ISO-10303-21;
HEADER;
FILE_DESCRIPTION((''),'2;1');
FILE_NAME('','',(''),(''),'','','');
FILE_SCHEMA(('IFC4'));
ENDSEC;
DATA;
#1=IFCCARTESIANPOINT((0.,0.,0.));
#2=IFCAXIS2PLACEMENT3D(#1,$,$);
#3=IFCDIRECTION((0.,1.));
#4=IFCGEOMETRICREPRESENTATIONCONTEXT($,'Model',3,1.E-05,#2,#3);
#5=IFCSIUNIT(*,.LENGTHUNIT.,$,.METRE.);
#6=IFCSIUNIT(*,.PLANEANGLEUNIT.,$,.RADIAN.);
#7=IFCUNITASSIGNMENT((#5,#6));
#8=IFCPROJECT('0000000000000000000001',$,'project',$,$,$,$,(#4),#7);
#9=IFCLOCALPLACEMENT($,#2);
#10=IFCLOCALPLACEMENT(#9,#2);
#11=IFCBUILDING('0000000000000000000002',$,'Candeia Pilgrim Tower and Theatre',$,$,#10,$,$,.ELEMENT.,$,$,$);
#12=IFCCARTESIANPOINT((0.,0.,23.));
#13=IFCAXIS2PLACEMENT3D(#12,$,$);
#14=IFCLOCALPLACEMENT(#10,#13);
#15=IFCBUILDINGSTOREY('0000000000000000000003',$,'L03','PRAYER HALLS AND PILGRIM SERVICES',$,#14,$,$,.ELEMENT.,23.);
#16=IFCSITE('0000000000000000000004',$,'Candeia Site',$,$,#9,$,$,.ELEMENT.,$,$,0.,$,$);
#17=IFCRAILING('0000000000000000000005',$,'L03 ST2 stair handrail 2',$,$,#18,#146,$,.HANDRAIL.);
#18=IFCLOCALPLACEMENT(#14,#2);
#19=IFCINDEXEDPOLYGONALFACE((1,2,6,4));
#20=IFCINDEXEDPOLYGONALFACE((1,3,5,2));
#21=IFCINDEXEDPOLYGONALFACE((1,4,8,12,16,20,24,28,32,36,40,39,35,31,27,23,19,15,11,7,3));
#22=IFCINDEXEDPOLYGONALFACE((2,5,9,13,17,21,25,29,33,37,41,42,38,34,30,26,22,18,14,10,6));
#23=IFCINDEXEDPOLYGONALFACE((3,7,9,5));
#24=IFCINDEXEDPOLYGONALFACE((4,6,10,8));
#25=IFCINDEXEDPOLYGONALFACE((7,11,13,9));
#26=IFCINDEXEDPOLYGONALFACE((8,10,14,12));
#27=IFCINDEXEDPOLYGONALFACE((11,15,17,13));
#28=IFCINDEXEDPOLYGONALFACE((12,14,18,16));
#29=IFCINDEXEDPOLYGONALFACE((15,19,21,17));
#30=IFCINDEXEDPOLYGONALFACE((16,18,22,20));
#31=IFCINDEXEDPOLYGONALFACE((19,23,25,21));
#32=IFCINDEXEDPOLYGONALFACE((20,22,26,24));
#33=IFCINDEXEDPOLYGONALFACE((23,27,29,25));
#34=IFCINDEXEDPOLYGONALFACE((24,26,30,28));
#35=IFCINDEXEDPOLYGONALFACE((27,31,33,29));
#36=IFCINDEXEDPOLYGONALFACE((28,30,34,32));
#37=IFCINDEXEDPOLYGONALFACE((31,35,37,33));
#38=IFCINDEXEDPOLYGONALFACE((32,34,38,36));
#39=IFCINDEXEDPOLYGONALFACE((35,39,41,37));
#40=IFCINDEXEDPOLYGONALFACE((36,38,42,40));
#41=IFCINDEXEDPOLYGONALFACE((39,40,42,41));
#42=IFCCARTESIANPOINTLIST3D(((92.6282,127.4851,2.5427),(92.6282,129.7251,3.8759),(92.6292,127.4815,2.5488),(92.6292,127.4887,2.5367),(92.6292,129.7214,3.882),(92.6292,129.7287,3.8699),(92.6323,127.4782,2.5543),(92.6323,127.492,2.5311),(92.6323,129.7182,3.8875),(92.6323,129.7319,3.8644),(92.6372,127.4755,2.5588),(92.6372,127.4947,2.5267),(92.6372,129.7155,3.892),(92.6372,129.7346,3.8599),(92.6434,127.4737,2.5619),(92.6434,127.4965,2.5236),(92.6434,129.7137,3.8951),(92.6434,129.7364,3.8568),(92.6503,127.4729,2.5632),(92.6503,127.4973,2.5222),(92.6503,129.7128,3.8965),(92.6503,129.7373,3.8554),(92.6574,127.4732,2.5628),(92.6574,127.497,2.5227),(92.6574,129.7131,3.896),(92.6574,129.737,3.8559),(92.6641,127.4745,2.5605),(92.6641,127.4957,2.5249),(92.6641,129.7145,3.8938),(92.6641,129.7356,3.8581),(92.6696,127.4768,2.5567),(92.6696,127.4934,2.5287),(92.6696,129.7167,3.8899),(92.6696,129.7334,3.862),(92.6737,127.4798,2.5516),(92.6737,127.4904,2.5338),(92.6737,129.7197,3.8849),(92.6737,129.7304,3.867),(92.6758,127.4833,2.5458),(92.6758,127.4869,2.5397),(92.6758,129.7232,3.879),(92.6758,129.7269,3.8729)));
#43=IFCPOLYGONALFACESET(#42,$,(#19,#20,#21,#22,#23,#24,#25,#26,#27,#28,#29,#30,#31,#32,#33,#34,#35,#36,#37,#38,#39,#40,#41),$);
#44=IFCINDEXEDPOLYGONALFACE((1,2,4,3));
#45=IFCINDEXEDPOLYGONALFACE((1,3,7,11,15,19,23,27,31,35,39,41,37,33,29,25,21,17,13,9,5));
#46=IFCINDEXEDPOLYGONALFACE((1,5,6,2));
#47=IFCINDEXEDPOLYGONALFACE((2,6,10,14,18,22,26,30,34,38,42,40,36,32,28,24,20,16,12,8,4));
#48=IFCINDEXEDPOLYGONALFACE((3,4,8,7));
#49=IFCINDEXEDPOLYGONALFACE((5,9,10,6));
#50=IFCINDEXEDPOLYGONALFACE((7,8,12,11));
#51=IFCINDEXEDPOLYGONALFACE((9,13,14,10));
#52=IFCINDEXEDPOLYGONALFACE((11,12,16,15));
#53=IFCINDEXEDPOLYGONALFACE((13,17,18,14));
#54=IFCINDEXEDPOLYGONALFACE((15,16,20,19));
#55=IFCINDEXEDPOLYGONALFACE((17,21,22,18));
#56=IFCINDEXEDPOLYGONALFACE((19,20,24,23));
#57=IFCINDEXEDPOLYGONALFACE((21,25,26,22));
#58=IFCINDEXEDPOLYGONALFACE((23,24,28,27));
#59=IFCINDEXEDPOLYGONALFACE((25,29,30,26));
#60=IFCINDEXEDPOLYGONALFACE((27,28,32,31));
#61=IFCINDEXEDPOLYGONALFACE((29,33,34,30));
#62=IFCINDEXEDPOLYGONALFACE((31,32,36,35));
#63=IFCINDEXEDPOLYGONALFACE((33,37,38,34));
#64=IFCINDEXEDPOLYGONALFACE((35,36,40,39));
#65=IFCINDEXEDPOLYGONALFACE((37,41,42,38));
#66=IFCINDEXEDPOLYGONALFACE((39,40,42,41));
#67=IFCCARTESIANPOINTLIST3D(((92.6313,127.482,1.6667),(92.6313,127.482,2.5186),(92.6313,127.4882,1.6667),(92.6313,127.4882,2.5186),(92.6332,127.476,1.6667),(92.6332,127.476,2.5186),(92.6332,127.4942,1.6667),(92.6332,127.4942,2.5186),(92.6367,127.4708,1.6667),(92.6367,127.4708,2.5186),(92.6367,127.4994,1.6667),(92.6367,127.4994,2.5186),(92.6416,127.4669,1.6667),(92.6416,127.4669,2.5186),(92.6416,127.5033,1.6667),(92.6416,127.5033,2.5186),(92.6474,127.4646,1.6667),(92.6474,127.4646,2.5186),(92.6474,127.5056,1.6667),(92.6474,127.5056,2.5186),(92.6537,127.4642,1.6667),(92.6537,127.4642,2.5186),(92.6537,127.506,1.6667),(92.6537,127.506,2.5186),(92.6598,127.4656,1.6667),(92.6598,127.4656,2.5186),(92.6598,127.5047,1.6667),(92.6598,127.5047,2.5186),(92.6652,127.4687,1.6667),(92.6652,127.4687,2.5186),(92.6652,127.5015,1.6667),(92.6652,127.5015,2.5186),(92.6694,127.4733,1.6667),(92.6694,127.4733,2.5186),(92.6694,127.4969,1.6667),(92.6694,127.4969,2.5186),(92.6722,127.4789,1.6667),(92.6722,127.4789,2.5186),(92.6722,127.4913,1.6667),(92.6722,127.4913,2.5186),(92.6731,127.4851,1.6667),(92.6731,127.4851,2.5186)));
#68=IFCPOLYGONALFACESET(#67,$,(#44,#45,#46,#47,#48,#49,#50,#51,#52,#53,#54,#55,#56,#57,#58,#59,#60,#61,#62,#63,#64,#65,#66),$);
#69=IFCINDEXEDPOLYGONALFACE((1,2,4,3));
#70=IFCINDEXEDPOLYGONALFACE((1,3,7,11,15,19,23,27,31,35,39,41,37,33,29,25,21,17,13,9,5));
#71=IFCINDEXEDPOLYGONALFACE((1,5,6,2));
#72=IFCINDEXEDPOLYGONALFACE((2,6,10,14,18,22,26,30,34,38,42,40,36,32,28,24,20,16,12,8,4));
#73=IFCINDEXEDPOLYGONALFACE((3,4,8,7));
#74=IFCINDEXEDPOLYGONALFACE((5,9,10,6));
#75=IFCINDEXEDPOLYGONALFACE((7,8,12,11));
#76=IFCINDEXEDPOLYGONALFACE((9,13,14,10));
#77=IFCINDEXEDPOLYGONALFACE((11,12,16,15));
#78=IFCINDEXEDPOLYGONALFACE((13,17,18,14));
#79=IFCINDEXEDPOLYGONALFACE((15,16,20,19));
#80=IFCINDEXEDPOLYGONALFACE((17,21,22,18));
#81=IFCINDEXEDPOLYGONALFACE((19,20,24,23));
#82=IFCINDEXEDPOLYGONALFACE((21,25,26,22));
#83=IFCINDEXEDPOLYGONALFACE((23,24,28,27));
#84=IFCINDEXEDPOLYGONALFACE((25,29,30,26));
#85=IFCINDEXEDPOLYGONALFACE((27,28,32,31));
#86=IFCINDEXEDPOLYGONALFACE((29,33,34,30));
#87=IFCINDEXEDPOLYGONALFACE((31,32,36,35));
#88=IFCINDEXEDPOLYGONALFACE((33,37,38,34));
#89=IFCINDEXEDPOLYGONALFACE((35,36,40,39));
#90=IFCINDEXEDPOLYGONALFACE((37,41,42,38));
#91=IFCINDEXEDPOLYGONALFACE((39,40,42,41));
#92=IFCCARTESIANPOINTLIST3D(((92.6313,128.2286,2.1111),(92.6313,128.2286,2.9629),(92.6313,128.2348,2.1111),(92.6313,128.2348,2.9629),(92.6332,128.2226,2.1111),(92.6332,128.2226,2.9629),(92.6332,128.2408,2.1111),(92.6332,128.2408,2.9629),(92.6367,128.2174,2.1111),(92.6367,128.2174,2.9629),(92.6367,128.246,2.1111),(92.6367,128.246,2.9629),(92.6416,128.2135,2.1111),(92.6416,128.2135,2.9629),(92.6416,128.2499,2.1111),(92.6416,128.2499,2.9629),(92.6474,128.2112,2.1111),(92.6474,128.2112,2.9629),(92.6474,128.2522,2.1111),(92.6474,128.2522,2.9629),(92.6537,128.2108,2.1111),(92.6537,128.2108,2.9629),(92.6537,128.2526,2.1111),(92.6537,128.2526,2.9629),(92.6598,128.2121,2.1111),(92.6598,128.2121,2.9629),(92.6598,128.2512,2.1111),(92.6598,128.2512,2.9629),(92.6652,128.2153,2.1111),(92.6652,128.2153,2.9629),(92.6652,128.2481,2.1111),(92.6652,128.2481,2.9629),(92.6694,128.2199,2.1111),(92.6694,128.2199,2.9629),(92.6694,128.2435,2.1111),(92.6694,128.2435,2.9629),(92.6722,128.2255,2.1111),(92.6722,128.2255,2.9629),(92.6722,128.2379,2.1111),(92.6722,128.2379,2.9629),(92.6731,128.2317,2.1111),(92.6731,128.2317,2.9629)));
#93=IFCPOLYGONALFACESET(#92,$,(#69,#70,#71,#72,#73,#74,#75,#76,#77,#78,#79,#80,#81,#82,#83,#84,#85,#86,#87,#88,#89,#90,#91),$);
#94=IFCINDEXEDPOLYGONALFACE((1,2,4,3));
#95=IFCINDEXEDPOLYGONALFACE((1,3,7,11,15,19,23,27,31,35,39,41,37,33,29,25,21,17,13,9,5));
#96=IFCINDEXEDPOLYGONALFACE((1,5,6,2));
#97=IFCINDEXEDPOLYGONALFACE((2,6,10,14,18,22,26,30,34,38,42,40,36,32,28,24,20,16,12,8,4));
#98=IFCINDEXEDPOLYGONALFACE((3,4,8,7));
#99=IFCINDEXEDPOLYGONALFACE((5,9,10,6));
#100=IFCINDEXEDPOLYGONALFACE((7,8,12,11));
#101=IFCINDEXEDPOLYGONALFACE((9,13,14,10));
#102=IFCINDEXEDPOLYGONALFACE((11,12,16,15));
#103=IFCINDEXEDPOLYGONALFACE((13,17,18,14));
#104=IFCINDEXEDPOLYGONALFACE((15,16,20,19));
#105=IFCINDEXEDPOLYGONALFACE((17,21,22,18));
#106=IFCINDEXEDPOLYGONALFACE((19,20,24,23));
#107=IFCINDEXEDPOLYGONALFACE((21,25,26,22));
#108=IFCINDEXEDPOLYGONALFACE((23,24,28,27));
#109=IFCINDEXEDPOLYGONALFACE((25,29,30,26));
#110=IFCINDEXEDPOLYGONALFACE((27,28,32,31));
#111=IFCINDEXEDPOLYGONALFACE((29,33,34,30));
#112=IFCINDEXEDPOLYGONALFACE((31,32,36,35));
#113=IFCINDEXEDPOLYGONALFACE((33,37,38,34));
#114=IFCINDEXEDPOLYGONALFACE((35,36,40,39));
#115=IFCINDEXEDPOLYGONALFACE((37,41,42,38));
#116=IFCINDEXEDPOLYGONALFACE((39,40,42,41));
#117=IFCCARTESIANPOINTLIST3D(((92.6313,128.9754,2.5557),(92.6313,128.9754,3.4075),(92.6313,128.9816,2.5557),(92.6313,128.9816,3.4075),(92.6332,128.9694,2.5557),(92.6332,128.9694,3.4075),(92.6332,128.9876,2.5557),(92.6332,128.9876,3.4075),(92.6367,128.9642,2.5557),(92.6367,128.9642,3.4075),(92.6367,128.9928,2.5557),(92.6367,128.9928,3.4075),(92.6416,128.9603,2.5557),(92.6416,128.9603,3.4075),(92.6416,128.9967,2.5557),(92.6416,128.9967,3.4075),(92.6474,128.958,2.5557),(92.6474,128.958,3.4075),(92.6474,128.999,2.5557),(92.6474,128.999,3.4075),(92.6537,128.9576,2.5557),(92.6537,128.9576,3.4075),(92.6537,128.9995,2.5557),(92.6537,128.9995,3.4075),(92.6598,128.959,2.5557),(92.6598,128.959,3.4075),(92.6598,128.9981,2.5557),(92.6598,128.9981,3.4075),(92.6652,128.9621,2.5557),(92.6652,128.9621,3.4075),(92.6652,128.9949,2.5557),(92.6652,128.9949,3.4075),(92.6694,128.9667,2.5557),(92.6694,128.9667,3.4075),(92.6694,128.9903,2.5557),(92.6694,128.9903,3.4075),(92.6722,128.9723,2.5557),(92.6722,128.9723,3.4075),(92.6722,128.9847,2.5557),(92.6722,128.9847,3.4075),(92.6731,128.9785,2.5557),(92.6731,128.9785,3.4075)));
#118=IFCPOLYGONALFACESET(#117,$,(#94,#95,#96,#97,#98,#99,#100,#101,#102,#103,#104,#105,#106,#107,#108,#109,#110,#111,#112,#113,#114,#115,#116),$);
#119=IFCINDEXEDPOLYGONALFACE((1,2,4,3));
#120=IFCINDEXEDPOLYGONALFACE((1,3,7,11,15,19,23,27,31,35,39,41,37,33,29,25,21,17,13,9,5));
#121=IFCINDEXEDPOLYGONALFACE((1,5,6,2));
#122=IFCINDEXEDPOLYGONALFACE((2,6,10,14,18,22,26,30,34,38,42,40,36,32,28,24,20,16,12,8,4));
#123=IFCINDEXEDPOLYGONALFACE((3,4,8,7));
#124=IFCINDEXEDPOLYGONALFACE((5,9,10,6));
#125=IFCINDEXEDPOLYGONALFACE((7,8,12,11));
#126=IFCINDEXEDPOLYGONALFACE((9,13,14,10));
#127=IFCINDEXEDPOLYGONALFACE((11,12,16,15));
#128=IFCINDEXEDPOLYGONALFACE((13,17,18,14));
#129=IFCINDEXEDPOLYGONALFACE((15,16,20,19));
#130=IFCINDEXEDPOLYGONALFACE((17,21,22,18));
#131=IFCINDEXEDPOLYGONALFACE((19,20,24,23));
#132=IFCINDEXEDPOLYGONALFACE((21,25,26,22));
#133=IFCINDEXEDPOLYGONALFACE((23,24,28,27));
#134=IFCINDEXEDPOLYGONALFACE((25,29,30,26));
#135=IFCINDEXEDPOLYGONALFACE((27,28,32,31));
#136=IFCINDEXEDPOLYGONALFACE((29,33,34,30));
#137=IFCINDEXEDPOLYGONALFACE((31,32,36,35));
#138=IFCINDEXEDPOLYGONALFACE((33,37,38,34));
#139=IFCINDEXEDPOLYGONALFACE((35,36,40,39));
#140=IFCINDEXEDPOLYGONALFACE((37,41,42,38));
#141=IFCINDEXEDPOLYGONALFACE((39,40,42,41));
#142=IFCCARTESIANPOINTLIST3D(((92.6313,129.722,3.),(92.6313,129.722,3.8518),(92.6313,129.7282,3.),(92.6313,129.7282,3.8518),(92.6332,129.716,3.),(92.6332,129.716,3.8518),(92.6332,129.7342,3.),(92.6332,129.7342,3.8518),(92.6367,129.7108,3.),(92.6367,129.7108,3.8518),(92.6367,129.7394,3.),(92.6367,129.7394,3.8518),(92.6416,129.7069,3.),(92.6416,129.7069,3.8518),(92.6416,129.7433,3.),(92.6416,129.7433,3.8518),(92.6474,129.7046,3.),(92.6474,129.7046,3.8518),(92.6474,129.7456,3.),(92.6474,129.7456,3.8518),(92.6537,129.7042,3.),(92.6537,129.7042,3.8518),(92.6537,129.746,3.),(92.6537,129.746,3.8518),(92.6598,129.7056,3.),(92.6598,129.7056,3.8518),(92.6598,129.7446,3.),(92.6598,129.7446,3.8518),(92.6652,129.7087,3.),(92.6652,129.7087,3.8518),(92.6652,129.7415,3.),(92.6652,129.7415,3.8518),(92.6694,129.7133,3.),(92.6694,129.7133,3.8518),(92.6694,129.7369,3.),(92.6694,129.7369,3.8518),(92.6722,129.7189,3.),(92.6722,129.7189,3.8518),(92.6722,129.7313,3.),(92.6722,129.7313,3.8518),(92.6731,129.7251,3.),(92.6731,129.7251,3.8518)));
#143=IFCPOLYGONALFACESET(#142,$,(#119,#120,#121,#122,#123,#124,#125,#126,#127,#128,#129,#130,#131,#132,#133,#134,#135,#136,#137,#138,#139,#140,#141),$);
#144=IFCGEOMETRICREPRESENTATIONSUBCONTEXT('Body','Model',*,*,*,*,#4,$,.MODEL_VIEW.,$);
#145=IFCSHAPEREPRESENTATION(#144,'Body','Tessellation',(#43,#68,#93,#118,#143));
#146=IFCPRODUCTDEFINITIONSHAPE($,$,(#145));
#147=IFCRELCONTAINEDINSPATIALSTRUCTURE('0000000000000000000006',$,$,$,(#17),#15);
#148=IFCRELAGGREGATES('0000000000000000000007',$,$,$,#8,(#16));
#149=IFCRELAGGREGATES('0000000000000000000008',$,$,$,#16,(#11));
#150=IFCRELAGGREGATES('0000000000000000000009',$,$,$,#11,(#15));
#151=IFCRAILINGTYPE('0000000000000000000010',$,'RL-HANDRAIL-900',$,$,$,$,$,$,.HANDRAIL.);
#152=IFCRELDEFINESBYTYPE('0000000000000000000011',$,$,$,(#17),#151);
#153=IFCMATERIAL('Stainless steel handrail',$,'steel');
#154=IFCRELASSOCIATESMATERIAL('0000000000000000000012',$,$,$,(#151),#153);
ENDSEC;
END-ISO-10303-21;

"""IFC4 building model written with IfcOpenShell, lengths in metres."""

from ifc_helpers import new_model, si_unit, direction, frame, origin, origin_2d, place, context, subcontext, project, spatial, circle, extrude, material, type_object, element, save


model = new_model("IFC4")

# Units and contexts
model_context = context("Model", 3, precision=1e-05, world=origin(), true_north=direction((0.0, 1.0)))
body_context = subcontext(model_context, "Body", "Model", "MODEL_VIEW")
ifc_project = project(units=[si_unit("LENGTHUNIT", "METRE"), si_unit("PLANEANGLEUNIT", "RADIAN")], contexts=[model_context])

# Site, building, storey
site_placement = place(None, origin())
site = spatial("IfcSite", under=ifc_project, at=site_placement, Name="Candeia Site", CompositionType="ELEMENT", RefElevation=0.0)
building_placement = place(site_placement, origin())
building = spatial("IfcBuilding", under=site, at=building_placement, Name="Candeia Pilgrim Tower and Theatre", CompositionType="ELEMENT")
storey_placement = place(building_placement, frame((0.0, 0.0, 23.0)))
storey = spatial("IfcBuildingStorey", under=building, at=storey_placement, Name="L03", Description="PRAYER HALLS AND PILGRIM SERVICES", CompositionType="ELEMENT", Elevation=23.0)

# Railing
ifc_material_1 = material(Name="Stainless steel handrail", Category="steel")
railing_type = type_object("IfcRailingType", Name="RL-HANDRAIL-900", PredefinedType="HANDRAIL", material=ifc_material_1)
for number, where, name in (
    (1, (92.6521, 127.4851, 1.6667), "L03 ST2 stair handrail 2"),
):
    element("IfcRailing", number, at=place(storey_placement, frame(where)), inside=storey, type_object=railing_type, Name=name, PredefinedType="HANDRAIL", context=body_context, shape_type="SweptSolid", body=[
        extrude(circle(Radius=0.0239, at=origin_2d()), frame((0.0, 0.0, 0.876), z_axis=(0.0, 0.859306, 0.511462), x_axis=(-1.0, 0.0, 0.0)), (0.0, 0.0, 1.0), 2.6067),
        extrude(circle(Radius=0.021, at=origin_2d()), origin(), (0.0, 0.0, 1.0), 0.8518),
        extrude(circle(Radius=0.021, at=origin_2d()), frame((0.0, 0.7466, 0.4443)), (0.0, 0.0, 1.0), 0.8518),
        extrude(circle(Radius=0.021, at=origin_2d()), frame((0.0, 1.4934, 0.8889)), (0.0, 0.0, 1.0), 0.8518),
        extrude(circle(Radius=0.021, at=origin_2d()), frame((0.0, 2.24, 1.3333)), (0.0, 0.0, 1.0), 0.8518),
    ])

save(model, "model.ifc")
